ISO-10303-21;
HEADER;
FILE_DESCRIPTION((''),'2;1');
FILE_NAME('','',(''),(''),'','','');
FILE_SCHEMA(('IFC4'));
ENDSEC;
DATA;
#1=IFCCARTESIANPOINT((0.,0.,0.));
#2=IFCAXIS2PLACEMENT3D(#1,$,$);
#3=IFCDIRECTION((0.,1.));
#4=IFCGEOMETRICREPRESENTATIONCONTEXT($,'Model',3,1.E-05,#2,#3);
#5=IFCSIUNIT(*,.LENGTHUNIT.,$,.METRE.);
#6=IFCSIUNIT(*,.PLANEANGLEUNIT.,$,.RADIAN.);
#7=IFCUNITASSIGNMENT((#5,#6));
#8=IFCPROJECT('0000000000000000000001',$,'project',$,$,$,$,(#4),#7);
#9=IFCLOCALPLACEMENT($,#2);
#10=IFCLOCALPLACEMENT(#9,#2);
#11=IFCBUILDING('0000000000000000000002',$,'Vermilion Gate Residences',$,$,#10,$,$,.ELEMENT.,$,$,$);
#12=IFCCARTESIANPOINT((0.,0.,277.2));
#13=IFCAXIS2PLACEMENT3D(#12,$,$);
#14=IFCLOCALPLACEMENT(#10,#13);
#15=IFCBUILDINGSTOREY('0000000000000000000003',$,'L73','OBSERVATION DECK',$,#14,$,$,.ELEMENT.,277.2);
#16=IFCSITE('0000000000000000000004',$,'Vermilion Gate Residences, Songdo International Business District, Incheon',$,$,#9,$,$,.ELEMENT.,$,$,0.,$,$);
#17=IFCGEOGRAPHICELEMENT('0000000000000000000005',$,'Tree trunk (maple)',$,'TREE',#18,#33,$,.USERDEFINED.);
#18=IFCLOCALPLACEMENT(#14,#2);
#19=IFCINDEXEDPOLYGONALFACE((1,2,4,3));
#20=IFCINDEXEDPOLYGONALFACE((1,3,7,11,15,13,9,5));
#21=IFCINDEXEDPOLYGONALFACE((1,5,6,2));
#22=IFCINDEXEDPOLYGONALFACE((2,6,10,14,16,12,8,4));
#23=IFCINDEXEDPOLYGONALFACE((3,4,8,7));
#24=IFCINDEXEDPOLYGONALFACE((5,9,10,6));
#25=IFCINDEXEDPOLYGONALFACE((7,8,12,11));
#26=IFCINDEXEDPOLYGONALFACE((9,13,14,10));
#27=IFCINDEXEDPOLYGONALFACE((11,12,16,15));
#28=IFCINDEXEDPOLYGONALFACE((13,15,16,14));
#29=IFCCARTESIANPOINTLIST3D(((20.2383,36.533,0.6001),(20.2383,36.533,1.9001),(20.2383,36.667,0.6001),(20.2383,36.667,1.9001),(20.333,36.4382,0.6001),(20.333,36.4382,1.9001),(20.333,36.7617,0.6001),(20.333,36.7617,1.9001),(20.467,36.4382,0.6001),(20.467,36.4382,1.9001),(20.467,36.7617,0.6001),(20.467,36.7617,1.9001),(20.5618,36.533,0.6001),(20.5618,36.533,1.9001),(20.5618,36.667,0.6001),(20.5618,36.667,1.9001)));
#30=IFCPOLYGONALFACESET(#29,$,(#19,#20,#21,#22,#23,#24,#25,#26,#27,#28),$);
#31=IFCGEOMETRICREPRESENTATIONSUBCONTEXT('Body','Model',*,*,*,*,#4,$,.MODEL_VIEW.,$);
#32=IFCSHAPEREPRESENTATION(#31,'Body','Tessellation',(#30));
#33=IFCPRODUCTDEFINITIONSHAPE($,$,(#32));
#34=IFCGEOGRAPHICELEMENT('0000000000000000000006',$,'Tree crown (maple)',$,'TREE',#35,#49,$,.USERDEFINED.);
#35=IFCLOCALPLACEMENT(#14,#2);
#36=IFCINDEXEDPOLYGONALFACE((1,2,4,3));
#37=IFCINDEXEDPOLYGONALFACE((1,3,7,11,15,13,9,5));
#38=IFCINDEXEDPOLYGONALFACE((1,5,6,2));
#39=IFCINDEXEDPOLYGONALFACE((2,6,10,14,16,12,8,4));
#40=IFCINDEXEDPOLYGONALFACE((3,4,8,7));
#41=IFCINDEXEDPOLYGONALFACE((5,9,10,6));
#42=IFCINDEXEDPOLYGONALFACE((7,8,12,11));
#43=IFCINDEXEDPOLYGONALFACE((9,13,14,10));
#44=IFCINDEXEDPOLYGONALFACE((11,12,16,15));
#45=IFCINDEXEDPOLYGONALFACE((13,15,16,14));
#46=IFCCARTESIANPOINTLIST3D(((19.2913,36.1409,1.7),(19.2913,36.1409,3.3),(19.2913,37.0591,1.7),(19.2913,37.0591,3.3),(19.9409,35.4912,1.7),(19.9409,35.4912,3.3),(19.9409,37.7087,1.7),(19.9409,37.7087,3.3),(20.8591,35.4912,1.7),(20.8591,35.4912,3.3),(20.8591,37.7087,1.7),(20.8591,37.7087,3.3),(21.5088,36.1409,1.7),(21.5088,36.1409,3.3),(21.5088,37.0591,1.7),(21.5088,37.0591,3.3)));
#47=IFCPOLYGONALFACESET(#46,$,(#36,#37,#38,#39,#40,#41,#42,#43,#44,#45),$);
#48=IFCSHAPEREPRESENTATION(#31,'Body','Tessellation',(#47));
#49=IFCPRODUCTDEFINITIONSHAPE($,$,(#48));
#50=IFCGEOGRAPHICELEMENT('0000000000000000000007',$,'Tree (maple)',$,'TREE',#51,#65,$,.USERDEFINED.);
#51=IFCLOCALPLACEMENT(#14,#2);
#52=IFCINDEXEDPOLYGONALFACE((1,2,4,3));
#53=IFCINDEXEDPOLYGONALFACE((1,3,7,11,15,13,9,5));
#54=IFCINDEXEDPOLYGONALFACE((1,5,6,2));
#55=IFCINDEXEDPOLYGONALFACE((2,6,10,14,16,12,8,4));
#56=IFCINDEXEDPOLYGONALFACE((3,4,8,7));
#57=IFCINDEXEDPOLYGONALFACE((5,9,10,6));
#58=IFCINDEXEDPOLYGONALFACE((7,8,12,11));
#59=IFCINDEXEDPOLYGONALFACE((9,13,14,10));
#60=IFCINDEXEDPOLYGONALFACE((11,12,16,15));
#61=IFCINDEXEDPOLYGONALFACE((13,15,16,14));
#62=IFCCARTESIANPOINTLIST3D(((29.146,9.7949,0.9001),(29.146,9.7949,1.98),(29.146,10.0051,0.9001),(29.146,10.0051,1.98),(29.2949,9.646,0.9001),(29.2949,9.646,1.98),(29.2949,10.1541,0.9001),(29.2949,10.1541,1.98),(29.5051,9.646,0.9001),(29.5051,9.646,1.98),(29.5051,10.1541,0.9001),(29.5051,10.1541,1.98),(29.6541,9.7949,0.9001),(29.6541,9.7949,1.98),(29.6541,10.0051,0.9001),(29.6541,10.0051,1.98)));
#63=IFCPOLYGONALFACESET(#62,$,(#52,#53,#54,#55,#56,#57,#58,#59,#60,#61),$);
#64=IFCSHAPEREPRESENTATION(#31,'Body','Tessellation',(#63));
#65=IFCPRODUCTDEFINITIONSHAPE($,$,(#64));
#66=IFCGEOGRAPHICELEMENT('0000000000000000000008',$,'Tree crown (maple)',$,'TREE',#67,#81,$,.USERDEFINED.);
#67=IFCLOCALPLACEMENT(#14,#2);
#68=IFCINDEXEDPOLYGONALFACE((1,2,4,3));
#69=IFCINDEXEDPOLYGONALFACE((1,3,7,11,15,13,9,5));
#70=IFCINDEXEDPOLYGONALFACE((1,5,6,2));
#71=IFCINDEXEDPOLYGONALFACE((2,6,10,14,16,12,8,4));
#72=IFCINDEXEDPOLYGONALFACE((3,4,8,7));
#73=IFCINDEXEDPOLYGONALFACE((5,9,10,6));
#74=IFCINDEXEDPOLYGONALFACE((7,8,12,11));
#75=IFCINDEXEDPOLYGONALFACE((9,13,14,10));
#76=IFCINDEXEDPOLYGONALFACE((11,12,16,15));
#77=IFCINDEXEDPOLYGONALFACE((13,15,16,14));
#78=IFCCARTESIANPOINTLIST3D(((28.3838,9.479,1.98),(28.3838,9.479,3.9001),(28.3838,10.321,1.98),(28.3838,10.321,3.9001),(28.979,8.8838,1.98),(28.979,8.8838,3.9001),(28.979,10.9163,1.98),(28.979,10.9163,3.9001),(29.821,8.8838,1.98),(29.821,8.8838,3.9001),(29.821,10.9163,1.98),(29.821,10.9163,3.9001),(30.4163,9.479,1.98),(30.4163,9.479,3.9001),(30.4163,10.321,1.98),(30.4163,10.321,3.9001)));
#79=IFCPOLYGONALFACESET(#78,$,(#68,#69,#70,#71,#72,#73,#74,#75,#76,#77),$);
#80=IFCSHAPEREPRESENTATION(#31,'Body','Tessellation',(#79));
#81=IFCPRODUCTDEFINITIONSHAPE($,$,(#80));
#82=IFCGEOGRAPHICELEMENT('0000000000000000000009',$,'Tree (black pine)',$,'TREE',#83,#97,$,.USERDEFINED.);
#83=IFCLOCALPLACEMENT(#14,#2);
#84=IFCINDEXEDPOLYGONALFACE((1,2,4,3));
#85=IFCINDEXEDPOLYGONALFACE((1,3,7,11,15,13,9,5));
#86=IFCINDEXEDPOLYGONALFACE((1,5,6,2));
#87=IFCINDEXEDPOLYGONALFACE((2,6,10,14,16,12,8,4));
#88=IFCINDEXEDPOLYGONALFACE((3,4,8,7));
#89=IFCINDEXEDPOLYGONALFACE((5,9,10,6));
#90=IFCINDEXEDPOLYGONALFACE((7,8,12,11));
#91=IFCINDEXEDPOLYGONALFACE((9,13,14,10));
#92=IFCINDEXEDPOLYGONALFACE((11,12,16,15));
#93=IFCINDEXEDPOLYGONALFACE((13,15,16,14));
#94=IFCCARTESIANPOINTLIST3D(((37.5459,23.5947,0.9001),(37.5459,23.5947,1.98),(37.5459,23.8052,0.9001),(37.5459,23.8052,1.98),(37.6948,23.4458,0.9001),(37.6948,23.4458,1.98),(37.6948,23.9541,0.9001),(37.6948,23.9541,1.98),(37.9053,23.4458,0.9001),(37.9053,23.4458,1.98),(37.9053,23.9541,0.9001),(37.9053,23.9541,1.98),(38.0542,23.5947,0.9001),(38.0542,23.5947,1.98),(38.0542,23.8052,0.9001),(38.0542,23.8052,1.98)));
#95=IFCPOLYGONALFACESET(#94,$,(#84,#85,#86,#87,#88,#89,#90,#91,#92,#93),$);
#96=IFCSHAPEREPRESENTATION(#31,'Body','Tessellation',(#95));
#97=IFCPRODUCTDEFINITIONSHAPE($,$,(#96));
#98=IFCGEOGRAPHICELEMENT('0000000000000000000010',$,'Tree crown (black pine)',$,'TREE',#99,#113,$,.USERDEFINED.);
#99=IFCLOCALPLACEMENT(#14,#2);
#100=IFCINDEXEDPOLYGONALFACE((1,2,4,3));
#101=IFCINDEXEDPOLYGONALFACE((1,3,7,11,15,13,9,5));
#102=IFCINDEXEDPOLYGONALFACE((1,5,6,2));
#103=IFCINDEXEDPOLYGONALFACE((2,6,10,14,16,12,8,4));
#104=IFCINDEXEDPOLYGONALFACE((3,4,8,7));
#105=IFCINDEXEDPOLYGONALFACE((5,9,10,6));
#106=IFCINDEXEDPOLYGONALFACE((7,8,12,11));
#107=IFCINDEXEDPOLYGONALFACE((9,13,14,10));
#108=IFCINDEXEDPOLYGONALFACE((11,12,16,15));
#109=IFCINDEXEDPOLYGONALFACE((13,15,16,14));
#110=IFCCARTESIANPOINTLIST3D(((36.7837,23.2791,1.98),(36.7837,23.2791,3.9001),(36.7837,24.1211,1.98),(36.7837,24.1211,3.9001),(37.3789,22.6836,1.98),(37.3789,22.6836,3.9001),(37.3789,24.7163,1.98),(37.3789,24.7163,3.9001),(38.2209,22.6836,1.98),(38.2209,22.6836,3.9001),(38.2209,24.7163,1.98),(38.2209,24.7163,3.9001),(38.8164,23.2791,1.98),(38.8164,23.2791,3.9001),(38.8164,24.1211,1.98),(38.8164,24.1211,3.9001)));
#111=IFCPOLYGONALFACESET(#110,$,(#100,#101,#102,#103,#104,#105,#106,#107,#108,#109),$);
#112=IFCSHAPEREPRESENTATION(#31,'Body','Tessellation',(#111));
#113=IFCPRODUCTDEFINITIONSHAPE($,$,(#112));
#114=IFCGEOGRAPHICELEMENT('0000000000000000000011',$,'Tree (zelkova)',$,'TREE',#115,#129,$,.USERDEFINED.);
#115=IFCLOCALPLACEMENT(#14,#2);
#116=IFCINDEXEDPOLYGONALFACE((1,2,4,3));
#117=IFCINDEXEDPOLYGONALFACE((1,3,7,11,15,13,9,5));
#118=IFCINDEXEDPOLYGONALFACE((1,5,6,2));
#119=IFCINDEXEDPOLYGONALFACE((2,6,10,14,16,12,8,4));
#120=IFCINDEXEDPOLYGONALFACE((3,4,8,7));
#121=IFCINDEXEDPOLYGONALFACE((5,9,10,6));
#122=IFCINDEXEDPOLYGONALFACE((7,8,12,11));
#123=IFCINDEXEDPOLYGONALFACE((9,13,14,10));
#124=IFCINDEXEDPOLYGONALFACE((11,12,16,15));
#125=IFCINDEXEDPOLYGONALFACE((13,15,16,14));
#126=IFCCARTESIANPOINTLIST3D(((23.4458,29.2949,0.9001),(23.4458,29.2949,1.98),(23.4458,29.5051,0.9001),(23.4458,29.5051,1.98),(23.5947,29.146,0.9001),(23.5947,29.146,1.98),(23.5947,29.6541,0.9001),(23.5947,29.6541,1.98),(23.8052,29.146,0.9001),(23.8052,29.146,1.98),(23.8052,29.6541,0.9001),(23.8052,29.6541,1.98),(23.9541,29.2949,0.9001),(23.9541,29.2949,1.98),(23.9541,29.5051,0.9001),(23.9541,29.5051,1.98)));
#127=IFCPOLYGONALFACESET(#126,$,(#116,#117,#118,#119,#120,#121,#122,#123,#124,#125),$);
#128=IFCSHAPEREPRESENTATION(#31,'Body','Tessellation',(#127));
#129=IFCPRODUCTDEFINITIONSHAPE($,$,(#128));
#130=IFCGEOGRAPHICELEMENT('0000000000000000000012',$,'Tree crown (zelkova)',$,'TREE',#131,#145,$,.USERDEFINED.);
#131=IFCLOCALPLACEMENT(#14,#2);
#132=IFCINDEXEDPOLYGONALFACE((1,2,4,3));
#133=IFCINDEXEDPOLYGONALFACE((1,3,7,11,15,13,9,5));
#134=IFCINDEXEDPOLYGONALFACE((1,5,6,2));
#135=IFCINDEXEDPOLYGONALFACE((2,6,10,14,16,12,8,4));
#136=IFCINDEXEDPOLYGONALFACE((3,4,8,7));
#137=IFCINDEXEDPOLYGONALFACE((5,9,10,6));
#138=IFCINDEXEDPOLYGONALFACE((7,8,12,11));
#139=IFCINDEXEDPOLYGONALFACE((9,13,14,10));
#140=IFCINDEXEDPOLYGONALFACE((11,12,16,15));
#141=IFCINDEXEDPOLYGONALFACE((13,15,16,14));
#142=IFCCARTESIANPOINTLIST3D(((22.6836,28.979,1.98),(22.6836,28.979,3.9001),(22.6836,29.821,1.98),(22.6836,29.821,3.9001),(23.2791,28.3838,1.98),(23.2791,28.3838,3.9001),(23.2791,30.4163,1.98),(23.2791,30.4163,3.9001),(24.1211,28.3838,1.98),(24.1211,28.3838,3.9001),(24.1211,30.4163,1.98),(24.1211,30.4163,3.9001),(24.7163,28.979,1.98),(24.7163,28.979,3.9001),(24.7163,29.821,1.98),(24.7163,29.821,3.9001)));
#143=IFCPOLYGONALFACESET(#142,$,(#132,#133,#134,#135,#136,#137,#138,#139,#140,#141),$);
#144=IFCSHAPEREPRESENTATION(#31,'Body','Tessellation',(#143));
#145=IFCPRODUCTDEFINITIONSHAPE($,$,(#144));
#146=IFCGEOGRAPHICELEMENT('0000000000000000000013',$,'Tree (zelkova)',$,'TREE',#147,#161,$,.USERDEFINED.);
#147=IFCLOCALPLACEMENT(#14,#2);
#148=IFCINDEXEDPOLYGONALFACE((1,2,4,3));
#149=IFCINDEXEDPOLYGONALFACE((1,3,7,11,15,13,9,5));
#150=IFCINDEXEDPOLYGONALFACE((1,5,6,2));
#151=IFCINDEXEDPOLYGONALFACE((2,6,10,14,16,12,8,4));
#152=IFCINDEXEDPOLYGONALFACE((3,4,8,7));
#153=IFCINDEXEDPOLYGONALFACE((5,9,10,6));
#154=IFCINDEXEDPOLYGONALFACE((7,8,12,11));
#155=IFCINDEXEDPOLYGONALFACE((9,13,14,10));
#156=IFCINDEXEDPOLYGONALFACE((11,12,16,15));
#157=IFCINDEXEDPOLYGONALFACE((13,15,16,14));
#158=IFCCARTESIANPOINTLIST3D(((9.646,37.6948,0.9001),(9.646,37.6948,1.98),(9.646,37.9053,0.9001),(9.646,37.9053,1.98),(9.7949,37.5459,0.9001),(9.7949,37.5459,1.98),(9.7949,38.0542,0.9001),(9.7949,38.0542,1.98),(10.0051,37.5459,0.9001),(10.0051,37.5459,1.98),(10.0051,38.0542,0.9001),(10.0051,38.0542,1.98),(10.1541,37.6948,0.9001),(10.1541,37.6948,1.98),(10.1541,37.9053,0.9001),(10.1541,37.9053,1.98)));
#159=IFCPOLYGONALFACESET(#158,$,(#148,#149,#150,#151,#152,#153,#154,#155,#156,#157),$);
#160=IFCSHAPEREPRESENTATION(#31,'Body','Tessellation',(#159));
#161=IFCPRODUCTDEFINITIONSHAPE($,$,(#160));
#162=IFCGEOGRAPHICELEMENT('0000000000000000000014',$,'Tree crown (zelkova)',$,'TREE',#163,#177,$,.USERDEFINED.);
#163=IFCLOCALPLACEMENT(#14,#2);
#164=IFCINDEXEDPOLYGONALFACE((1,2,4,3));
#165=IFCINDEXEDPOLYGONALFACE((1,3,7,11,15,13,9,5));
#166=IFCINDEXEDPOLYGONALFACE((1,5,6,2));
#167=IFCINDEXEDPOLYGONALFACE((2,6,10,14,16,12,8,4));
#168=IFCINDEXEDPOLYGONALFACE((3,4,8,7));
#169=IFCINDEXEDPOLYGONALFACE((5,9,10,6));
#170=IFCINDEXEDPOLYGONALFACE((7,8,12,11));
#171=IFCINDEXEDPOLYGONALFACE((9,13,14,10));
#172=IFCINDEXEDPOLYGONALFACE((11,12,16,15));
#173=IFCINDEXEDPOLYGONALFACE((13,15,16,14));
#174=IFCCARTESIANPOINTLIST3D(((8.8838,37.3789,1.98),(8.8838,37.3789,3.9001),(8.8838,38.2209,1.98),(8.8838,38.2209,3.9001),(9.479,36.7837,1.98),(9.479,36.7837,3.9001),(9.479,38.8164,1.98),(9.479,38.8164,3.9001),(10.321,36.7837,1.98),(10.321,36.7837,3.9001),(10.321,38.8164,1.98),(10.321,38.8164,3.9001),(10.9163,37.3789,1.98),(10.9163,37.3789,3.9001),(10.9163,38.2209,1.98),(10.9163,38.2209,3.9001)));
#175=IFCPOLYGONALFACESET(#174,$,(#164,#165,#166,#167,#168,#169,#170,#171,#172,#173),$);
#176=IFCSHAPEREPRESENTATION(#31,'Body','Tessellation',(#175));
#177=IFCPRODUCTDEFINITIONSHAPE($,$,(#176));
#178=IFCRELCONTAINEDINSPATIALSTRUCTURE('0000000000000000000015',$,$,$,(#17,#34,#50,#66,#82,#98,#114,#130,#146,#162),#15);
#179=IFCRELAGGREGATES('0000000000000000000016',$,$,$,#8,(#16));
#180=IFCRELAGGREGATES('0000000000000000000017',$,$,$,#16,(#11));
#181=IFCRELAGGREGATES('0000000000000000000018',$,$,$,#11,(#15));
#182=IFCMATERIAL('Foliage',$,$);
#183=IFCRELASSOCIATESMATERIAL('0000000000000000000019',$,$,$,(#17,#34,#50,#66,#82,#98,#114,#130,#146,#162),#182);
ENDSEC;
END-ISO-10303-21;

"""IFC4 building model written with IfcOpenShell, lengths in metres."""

from ifc_helpers import new_model, si_unit, direction, frame, origin, place, context, subcontext, project, spatial, polyline, outline, extrude, material, element, save


model = new_model("IFC4")

# Units and contexts
model_context = context("Model", 3, precision=1e-05, world=origin(), true_north=direction((0.0, 1.0)))
body_context = subcontext(model_context, "Body", "Model", "MODEL_VIEW")
ifc_project = project(units=[si_unit("LENGTHUNIT", "METRE"), si_unit("PLANEANGLEUNIT", "RADIAN")], contexts=[model_context])

# Site, building, storey
site_placement = place(None, origin())
site = spatial("IfcSite", under=ifc_project, at=site_placement, Name="Vermilion Gate Residences, Songdo International Business District, Incheon", CompositionType="ELEMENT", RefElevation=0.0)
building_placement = place(site_placement, origin())
building = spatial("IfcBuilding", under=site, at=building_placement, Name="Vermilion Gate Residences", CompositionType="ELEMENT")
storey_placement = place(building_placement, frame((0.0, 0.0, 277.2)))
storey = spatial("IfcBuildingStorey", under=building, at=storey_placement, Name="L73", Description="OBSERVATION DECK", CompositionType="ELEMENT", Elevation=277.2)

# Geographic elements
ifc_material_1 = material(Name="Foliage")
geographic_element_1_placement = place(storey_placement, frame((0.0, 0.0, 0.6001)))
element("IfcGeographicElement", 1, at=geographic_element_1_placement, inside=storey, material=ifc_material_1, Name="Tree trunk (maple)", ObjectType="TREE", PredefinedType="USERDEFINED", context=body_context, shape_type="SweptSolid", body=[
    extrude(outline(polyline([(20.5618, 36.667), (20.467, 36.7617), (20.333, 36.7617), (20.2383, 36.667), (20.2383, 36.533), (20.333, 36.4382), (20.467, 36.4382), (20.5618, 36.533), (20.5618, 36.667)])), origin(), (0.0, 0.0, 1.0), 1.3),
])
geographic_element_2_placement = place(storey_placement, frame((0.0, 0.0, 1.7)))
element("IfcGeographicElement", 2, at=geographic_element_2_placement, inside=storey, material=ifc_material_1, Name="Tree crown (maple)", ObjectType="TREE", PredefinedType="USERDEFINED", context=body_context, shape_type="SweptSolid", body=[
    extrude(outline(polyline([(21.5088, 37.0591), (20.8591, 37.7087), (19.9409, 37.7087), (19.2913, 37.0591), (19.2913, 36.1409), (19.9409, 35.4912), (20.8591, 35.4912), (21.5088, 36.1409), (21.5088, 37.0591)])), origin(), (0.0, 0.0, 1.0), 1.6001),
])
geographic_element_3_placement = place(storey_placement, frame((0.0, 0.0, 0.9001)))
element("IfcGeographicElement", 3, at=geographic_element_3_placement, inside=storey, material=ifc_material_1, Name="Tree (maple)", ObjectType="TREE", PredefinedType="USERDEFINED", context=body_context, shape_type="SweptSolid", body=[
    extrude(outline(polyline([(29.6541, 10.0051), (29.5051, 10.1541), (29.2949, 10.1541), (29.146, 10.0051), (29.146, 9.7949), (29.2949, 9.646), (29.5051, 9.646), (29.6541, 9.7949), (29.6541, 10.0051)])), origin(), (0.0, 0.0, 1.0), 1.0798),
])
geographic_element_4_placement = place(storey_placement, frame((0.0, 0.0, 1.98)))
element("IfcGeographicElement", 4, at=geographic_element_4_placement, inside=storey, material=ifc_material_1, Name="Tree crown (maple)", ObjectType="TREE", PredefinedType="USERDEFINED", context=body_context, shape_type="SweptSolid", body=[
    extrude(outline(polyline([(30.4163, 10.321), (29.821, 10.9163), (28.979, 10.9163), (28.3838, 10.321), (28.3838, 9.479), (28.979, 8.8838), (29.821, 8.8838), (30.4163, 9.479), (30.4163, 10.321)])), origin(), (0.0, 0.0, 1.0), 1.9202),
])
geographic_element_5_placement = place(storey_placement, frame((0.0, 0.0, 0.9001)))
element("IfcGeographicElement", 5, at=geographic_element_5_placement, inside=storey, material=ifc_material_1, Name="Tree (black pine)", ObjectType="TREE", PredefinedType="USERDEFINED", context=body_context, shape_type="SweptSolid", body=[
    extrude(outline(polyline([(38.0542, 23.8052), (37.9053, 23.9541), (37.6948, 23.9541), (37.5459, 23.8052), (37.5459, 23.5947), (37.6948, 23.4458), (37.9053, 23.4458), (38.0542, 23.5947), (38.0542, 23.8052)])), origin(), (0.0, 0.0, 1.0), 1.0798),
])
geographic_element_6_placement = place(storey_placement, frame((0.0, 0.0, 1.98)))
element("IfcGeographicElement", 6, at=geographic_element_6_placement, inside=storey, material=ifc_material_1, Name="Tree crown (black pine)", ObjectType="TREE", PredefinedType="USERDEFINED", context=body_context, shape_type="SweptSolid", body=[
    extrude(outline(polyline([(38.8164, 24.1211), (38.2209, 24.7163), (37.3789, 24.7163), (36.7837, 24.1211), (36.7837, 23.2791), (37.3789, 22.6836), (38.2209, 22.6836), (38.8164, 23.2791), (38.8164, 24.1211)])), origin(), (0.0, 0.0, 1.0), 1.9202),
])
geographic_element_7_placement = place(storey_placement, frame((0.0, 0.0, 0.9001)))
element("IfcGeographicElement", 7, at=geographic_element_7_placement, inside=storey, material=ifc_material_1, Name="Tree (zelkova)", ObjectType="TREE", PredefinedType="USERDEFINED", context=body_context, shape_type="SweptSolid", body=[
    extrude(outline(polyline([(23.9541, 29.5051), (23.8052, 29.6541), (23.5947, 29.6541), (23.4458, 29.5051), (23.4458, 29.2949), (23.5947, 29.146), (23.8052, 29.146), (23.9541, 29.2949), (23.9541, 29.5051)])), origin(), (0.0, 0.0, 1.0), 1.0798),
])
geographic_element_8_placement = place(storey_placement, frame((0.0, 0.0, 1.98)))
element("IfcGeographicElement", 8, at=geographic_element_8_placement, inside=storey, material=ifc_material_1, Name="Tree crown (zelkova)", ObjectType="TREE", PredefinedType="USERDEFINED", context=body_context, shape_type="SweptSolid", body=[
    extrude(outline(polyline([(24.7163, 29.821), (24.1211, 30.4163), (23.2791, 30.4163), (22.6836, 29.821), (22.6836, 28.979), (23.2791, 28.3838), (24.1211, 28.3838), (24.7163, 28.979), (24.7163, 29.821)])), origin(), (0.0, 0.0, 1.0), 1.9202),
])
geographic_element_9_placement = place(storey_placement, frame((0.0, 0.0, 0.9001)))
element("IfcGeographicElement", 9, at=geographic_element_9_placement, inside=storey, material=ifc_material_1, Name="Tree (zelkova)", ObjectType="TREE", PredefinedType="USERDEFINED", context=body_context, shape_type="SweptSolid", body=[
    extrude(outline(polyline([(10.1541, 37.9053), (10.0051, 38.0542), (9.7949, 38.0542), (9.646, 37.9053), (9.646, 37.6948), (9.7949, 37.5459), (10.0051, 37.5459), (10.1541, 37.6948), (10.1541, 37.9053)])), origin(), (0.0, 0.0, 1.0), 1.0798),
])
geographic_element_10_placement = place(storey_placement, frame((0.0, 0.0, 1.98)))
element("IfcGeographicElement", 10, at=geographic_element_10_placement, inside=storey, material=ifc_material_1, Name="Tree crown (zelkova)", ObjectType="TREE", PredefinedType="USERDEFINED", context=body_context, shape_type="SweptSolid", body=[
    extrude(outline(polyline([(10.9163, 38.2209), (10.321, 38.8164), (9.479, 38.8164), (8.8838, 38.2209), (8.8838, 37.3789), (9.479, 36.7837), (10.321, 36.7837), (10.9163, 37.3789), (10.9163, 38.2209)])), origin(), (0.0, 0.0, 1.0), 1.9202),
])

save(model, "model.ifc")
